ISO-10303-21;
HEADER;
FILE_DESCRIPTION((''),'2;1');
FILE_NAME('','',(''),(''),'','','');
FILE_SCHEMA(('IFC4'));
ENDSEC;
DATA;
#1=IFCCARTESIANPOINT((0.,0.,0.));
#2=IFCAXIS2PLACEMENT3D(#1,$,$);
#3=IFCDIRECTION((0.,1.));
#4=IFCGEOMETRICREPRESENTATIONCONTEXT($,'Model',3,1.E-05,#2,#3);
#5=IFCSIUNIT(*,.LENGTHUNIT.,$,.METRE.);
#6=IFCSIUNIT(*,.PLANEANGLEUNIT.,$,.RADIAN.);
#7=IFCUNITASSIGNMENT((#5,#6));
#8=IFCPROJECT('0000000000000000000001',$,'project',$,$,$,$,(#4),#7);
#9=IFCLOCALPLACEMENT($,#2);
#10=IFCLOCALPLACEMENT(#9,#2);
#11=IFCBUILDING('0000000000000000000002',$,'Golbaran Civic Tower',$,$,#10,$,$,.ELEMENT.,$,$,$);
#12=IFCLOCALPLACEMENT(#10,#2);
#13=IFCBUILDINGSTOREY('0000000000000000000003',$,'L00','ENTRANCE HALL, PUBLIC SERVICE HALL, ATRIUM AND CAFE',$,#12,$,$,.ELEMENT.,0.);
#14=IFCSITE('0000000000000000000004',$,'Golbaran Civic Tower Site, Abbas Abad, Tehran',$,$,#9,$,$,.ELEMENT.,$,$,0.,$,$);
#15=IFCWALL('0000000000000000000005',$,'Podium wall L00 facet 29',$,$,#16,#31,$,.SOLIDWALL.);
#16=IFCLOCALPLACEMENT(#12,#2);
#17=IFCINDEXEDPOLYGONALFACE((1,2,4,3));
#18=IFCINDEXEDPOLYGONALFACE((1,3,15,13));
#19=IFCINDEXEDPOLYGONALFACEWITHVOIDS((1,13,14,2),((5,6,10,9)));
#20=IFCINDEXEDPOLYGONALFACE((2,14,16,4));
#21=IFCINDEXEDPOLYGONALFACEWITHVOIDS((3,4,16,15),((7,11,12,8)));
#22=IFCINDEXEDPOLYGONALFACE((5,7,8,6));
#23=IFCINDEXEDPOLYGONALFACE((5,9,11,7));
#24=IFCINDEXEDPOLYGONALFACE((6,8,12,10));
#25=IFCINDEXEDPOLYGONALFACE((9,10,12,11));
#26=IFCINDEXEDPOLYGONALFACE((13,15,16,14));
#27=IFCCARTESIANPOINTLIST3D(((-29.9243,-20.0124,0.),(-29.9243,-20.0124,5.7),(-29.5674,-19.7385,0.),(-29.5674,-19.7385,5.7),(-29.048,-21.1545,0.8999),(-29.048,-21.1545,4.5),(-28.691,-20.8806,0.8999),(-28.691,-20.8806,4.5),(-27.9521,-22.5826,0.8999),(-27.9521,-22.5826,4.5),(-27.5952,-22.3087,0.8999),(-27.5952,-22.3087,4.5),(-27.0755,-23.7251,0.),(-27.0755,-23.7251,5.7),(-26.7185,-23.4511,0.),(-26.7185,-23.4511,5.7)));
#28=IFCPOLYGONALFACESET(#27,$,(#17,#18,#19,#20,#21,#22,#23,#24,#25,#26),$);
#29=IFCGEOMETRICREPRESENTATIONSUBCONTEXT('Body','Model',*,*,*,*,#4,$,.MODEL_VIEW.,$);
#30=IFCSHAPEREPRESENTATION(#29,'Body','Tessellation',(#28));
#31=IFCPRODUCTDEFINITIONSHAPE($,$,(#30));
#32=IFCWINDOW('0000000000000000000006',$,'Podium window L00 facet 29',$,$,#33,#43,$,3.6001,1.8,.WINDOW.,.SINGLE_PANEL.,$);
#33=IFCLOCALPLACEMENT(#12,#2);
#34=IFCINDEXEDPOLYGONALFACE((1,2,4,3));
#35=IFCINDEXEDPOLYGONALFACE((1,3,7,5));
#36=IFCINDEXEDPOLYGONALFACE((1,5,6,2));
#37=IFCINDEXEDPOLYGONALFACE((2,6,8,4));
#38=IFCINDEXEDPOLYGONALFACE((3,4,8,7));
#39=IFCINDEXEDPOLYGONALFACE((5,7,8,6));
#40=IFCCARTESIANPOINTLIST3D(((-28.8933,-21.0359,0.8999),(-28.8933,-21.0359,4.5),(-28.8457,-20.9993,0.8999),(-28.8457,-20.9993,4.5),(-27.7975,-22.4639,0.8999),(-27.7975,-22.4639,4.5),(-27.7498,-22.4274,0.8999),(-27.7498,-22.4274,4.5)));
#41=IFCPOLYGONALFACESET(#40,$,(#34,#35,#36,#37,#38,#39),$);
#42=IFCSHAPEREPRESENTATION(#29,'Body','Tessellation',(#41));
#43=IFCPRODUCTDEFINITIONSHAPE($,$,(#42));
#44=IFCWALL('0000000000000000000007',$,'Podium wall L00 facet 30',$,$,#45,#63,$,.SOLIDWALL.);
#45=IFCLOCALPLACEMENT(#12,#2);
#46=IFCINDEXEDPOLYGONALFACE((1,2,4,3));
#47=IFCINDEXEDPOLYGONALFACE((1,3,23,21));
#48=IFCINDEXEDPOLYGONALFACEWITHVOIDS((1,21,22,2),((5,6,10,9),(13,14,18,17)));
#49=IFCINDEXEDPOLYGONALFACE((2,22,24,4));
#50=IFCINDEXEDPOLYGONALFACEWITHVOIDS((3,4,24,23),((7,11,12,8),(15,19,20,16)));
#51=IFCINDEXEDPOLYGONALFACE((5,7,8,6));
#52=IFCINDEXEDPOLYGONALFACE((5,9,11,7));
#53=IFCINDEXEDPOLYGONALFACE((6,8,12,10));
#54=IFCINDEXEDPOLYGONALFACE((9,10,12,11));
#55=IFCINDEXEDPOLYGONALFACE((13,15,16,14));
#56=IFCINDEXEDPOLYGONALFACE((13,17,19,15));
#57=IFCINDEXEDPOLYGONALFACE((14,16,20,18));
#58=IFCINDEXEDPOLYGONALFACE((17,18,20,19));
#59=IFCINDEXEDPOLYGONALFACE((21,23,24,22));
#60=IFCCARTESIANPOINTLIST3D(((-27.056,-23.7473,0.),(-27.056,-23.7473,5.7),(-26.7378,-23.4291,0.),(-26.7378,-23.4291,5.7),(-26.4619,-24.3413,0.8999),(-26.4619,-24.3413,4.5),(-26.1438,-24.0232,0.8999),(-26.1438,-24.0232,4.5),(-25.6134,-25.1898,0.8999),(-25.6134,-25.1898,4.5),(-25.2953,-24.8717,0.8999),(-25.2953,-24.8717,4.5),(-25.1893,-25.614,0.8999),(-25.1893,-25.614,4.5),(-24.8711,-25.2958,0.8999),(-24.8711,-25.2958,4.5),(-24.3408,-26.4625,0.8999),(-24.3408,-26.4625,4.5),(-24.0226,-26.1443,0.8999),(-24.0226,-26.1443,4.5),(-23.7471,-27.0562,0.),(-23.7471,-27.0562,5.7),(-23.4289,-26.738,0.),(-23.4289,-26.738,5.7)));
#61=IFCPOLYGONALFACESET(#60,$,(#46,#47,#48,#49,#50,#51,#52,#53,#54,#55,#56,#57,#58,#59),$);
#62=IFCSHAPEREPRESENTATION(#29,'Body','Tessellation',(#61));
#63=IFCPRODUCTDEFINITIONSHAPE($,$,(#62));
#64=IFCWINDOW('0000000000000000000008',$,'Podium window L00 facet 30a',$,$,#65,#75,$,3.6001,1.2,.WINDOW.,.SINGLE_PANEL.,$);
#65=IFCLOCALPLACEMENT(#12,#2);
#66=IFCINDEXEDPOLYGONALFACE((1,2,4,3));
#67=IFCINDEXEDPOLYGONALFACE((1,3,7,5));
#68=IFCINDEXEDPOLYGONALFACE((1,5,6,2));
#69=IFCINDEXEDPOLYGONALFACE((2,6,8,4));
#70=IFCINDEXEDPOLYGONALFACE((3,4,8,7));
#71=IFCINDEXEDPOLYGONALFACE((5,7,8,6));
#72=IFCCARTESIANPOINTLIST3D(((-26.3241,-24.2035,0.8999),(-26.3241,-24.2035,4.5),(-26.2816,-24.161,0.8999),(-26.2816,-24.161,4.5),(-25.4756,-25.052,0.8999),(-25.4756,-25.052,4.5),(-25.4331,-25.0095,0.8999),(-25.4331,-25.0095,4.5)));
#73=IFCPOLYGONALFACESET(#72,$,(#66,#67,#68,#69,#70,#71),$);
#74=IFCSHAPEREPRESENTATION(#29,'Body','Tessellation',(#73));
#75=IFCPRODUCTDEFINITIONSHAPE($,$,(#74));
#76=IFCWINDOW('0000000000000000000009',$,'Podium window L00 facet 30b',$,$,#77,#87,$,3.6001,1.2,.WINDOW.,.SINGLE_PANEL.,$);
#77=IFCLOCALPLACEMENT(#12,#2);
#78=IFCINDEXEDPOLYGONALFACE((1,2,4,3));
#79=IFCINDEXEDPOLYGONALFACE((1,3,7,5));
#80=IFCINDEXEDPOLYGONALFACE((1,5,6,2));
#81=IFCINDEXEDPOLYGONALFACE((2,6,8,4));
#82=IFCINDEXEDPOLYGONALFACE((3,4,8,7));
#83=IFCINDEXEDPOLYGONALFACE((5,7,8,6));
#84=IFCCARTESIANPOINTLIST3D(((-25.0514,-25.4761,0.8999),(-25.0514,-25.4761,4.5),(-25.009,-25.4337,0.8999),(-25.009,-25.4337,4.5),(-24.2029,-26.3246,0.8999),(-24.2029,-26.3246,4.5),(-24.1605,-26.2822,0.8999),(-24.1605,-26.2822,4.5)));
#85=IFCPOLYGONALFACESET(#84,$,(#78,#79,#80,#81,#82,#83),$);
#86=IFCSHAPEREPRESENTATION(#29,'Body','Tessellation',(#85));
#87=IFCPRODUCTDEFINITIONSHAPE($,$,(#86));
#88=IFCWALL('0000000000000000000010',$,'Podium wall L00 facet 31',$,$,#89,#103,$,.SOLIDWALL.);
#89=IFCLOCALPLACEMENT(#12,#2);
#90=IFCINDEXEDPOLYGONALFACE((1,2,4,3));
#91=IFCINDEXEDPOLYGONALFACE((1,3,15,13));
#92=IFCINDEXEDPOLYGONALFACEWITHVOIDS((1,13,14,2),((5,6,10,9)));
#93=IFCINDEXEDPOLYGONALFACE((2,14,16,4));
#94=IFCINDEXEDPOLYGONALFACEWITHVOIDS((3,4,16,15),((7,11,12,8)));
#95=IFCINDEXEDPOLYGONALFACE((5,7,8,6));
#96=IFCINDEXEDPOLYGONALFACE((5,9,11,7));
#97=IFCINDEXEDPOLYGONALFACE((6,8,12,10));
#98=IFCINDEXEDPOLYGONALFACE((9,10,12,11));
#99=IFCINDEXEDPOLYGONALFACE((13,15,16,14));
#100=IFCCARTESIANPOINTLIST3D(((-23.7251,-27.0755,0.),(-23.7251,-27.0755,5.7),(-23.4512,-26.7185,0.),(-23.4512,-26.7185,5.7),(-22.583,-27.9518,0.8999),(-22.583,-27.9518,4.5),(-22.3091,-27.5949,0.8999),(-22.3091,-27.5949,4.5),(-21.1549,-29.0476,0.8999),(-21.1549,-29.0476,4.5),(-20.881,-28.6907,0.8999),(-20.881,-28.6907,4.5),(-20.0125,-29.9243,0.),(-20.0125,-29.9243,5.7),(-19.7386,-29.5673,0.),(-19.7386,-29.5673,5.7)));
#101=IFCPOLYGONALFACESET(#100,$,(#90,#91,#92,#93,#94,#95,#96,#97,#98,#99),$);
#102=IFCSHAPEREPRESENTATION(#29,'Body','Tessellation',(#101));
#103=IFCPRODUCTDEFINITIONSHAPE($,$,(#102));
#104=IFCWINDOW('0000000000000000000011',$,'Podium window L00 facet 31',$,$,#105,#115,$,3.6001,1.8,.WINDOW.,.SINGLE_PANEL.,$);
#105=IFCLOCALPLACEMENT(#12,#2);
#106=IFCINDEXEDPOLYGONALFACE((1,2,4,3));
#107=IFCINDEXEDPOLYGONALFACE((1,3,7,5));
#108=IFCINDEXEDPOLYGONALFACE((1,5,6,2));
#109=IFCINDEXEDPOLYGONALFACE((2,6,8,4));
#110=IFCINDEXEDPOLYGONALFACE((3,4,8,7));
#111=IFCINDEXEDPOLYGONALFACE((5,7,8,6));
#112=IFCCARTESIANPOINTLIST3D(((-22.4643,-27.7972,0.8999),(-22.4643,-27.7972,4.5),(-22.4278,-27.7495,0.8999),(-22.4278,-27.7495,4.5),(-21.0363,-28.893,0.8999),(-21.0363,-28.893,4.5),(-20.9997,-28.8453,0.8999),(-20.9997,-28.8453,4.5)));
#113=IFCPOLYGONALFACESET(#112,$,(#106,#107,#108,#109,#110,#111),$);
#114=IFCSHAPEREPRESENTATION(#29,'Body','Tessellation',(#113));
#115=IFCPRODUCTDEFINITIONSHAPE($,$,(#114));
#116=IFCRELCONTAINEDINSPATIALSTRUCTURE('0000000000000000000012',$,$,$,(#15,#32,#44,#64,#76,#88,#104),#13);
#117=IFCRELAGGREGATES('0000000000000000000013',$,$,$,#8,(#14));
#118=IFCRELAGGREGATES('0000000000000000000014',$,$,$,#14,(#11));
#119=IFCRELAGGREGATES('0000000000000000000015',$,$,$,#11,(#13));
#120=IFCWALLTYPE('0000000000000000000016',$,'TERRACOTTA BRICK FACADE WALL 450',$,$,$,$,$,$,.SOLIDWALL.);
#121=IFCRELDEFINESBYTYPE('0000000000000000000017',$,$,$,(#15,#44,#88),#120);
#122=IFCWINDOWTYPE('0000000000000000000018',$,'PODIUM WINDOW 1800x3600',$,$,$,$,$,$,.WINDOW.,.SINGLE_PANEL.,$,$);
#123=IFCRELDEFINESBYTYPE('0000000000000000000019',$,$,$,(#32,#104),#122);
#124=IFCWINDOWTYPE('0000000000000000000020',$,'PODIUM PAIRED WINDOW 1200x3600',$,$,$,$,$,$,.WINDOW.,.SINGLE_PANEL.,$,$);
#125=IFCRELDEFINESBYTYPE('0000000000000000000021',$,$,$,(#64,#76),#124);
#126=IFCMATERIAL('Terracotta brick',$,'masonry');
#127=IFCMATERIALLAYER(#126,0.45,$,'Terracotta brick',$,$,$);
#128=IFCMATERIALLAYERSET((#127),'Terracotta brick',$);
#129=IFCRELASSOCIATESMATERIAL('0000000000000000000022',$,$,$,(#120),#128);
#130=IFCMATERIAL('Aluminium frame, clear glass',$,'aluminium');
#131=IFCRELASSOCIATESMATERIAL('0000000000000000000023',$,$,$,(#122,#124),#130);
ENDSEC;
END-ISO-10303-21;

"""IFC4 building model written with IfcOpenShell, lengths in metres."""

from ifc_helpers import new_model, si_unit, direction, frame, frame_2d, origin, place, context, subcontext, project, spatial, rectangle, extrude, material, layer, layer_set, type_object, element, fill, save


model = new_model("IFC4")

# Units and contexts
model_context = context("Model", 3, precision=1e-05, world=origin(), true_north=direction((0.0, 1.0)))
body_context = subcontext(model_context, "Body", "Model", "MODEL_VIEW")
ifc_project = project(units=[si_unit("LENGTHUNIT", "METRE"), si_unit("PLANEANGLEUNIT", "RADIAN")], contexts=[model_context])

# Site, building, storey
site_placement = place(None, origin())
site = spatial("IfcSite", under=ifc_project, at=site_placement, Name="Golbaran Civic Tower Site, Abbas Abad, Tehran", CompositionType="ELEMENT", RefElevation=0.0)
building_placement = place(site_placement, origin())
building = spatial("IfcBuilding", under=site, at=building_placement, Name="Golbaran Civic Tower", CompositionType="ELEMENT")
storey_placement = place(building_placement, origin())
storey = spatial("IfcBuildingStorey", under=building, at=storey_placement, Name="L00", Description="ENTRANCE HALL, PUBLIC SERVICE HALL, ATRIUM AND CAFE", CompositionType="ELEMENT", Elevation=0.0)

# Shared definitions
ifc_material_1 = material(Name="Terracotta brick", Category="masonry")
ifc_layer_1 = layer(ifc_material_1, 0.45, Name="Terracotta brick")
ifc_layer_set_1 = layer_set([ifc_layer_1], Name="Terracotta brick")
wall_type_1 = type_object("IfcWallType", Name="TERRACOTTA BRICK FACADE WALL 450", PredefinedType="SOLIDWALL", material=ifc_layer_set_1)

# Wall, opening, window
wall_1_placement = place(storey_placement, frame((-29.7458, -19.8755, 0.0), z_axis=(0.0, 0.0, 1.0), x_axis=(0.60877, -0.793347, 0.0)))
wall_1 = element("IfcWall", 1, at=wall_1_placement, inside=storey, type_object=wall_type_1, Name="Podium wall L00 facet 29", PredefinedType="SOLIDWALL", context=body_context, shape_type="SweptSolid", body=[
    extrude(rectangle(XDim=4.6797, YDim=0.45, at=frame_2d((2.3398, 0.0))), origin(), (0.0, 0.0, 1.0), 5.7),
])
opening_1_placement = place(wall_1_placement, frame((1.4397, 0.0, 0.8999)))
opening_1 = element("IfcOpeningElement", 2, at=opening_1_placement, cuts=wall_1, PredefinedType="OPENING", context=body_context, shape_type="SweptSolid", body=[
    extrude(rectangle(XDim=1.8, YDim=3.6001, at=frame_2d((0.8999, 1.8))), frame((0.0, 0.2349, 0.0), z_axis=(0.0, -1.0, 0.0), x_axis=(1.0, 0.0, 0.0)), (0.0, 0.0, 1.0), 0.47),
])
ifc_material_2 = material(Name="Aluminium frame, clear glass", Category="aluminium")
window_type_1 = type_object("IfcWindowType", Name="PODIUM WINDOW 1800x3600", PartitioningType="SINGLE_PANEL", PredefinedType="WINDOW", material=ifc_material_2)
window_1_placement = place(opening_1_placement, origin())
window_1 = element("IfcWindow", 3, at=window_1_placement, inside=storey, type_object=window_type_1, Name="Podium window L00 facet 29", OverallHeight=3.6001, OverallWidth=1.8, PartitioningType="SINGLE_PANEL", PredefinedType="WINDOW", context=body_context, shape_type="SweptSolid", body=[
    extrude(rectangle(XDim=1.8, YDim=3.6001, at=frame_2d((0.8999, 1.8))), frame((0.0, 0.03, 0.0), z_axis=(0.0, -1.0, 0.0), x_axis=(1.0, 0.0, 0.0)), (0.0, 0.0, 1.0), 0.0601),
])
fill(opening_1, window_1)

# Wall, openings, windows
wall_2_placement = place(storey_placement, frame((-26.897, -23.5881, 0.0), z_axis=(0.0, 0.0, 1.0), x_axis=(0.707107, -0.707107, 0.0)))
wall_2 = element("IfcWall", 4, at=wall_2_placement, inside=storey, type_object=wall_type_1, Name="Podium wall L00 facet 30", PredefinedType="SOLIDWALL", context=body_context, shape_type="SweptSolid", body=[
    extrude(rectangle(XDim=4.6794, YDim=0.45, at=frame_2d((2.3398, 0.0))), origin(), (0.0, 0.0, 1.0), 5.7),
])
opening_2_placement = place(wall_2_placement, frame((0.8401, 0.0, 0.8999)))
opening_2 = element("IfcOpeningElement", 5, at=opening_2_placement, cuts=wall_2, PredefinedType="OPENING", context=body_context, shape_type="SweptSolid", body=[
    extrude(rectangle(XDim=1.2, YDim=3.6001, at=frame_2d((0.6001, 1.8))), frame((0.0, 0.2349, 0.0), z_axis=(0.0, -1.0, 0.0), x_axis=(1.0, 0.0, 0.0)), (0.0, 0.0, 1.0), 0.47),
])
opening_3_placement = place(wall_2_placement, frame((2.6399, 0.0, 0.8999)))
opening_3 = element("IfcOpeningElement", 6, at=opening_3_placement, cuts=wall_2, PredefinedType="OPENING", context=body_context, shape_type="SweptSolid", body=[
    extrude(rectangle(XDim=1.2, YDim=3.6001, at=frame_2d((0.6001, 1.8))), frame((0.0, 0.2349, 0.0), z_axis=(0.0, -1.0, 0.0), x_axis=(1.0, 0.0, 0.0)), (0.0, 0.0, 1.0), 0.47),
])
window_type_2 = type_object("IfcWindowType", Name="PODIUM PAIRED WINDOW 1200x3600", PartitioningType="SINGLE_PANEL", PredefinedType="WINDOW", material=ifc_material_2)
window_2_placement = place(opening_2_placement, origin())
window_2 = element("IfcWindow", 7, at=window_2_placement, inside=storey, type_object=window_type_2, Name="Podium window L00 facet 30a", OverallHeight=3.6001, OverallWidth=1.2, PartitioningType="SINGLE_PANEL", PredefinedType="WINDOW", context=body_context, shape_type="SweptSolid", body=[
    extrude(rectangle(XDim=1.2, YDim=3.6001, at=frame_2d((0.6001, 1.8))), frame((0.0, 0.03, 0.0), z_axis=(0.0, -1.0, 0.0), x_axis=(1.0, 0.0, 0.0)), (0.0, 0.0, 1.0), 0.0601),
])
fill(opening_2, window_2)
window_3_placement = place(opening_3_placement, origin())
window_3 = element("IfcWindow", 8, at=window_3_placement, inside=storey, type_object=window_type_2, Name="Podium window L00 facet 30b", OverallHeight=3.6001, OverallWidth=1.2, PartitioningType="SINGLE_PANEL", PredefinedType="WINDOW", context=body_context, shape_type="SweptSolid", body=[
    extrude(rectangle(XDim=1.2, YDim=3.6001, at=frame_2d((0.6001, 1.8))), frame((0.0, 0.03, 0.0), z_axis=(0.0, -1.0, 0.0), x_axis=(1.0, 0.0, 0.0)), (0.0, 0.0, 1.0), 0.0601),
])
fill(opening_3, window_3)

# Wall, opening, window
wall_3_placement = place(storey_placement, frame((-23.5881, -26.897, 0.0), z_axis=(0.0, 0.0, 1.0), x_axis=(0.793347, -0.60877, 0.0)))
wall_3 = element("IfcWall", 9, at=wall_3_placement, inside=storey, type_object=wall_type_1, Name="Podium wall L00 facet 31", PredefinedType="SOLIDWALL", context=body_context, shape_type="SweptSolid", body=[
    extrude(rectangle(XDim=4.6797, YDim=0.45, at=frame_2d((2.3398, 0.0))), origin(), (0.0, 0.0, 1.0), 5.7),
])
opening_4_placement = place(wall_3_placement, frame((1.4397, 0.0, 0.8999)))
opening_4 = element("IfcOpeningElement", 10, at=opening_4_placement, cuts=wall_3, PredefinedType="OPENING", context=body_context, shape_type="SweptSolid", body=[
    extrude(rectangle(XDim=1.8, YDim=3.6001, at=frame_2d((0.8999, 1.8))), frame((0.0, 0.2349, 0.0), z_axis=(0.0, -1.0, 0.0), x_axis=(1.0, 0.0, 0.0)), (0.0, 0.0, 1.0), 0.47),
])
window_4_placement = place(opening_4_placement, origin())
window_4 = element("IfcWindow", 11, at=window_4_placement, inside=storey, type_object=window_type_1, Name="Podium window L00 facet 31", OverallHeight=3.6001, OverallWidth=1.8, PartitioningType="SINGLE_PANEL", PredefinedType="WINDOW", context=body_context, shape_type="SweptSolid", body=[
    extrude(rectangle(XDim=1.8, YDim=3.6001, at=frame_2d((0.8999, 1.8))), frame((0.0, 0.03, 0.0), z_axis=(0.0, -1.0, 0.0), x_axis=(1.0, 0.0, 0.0)), (0.0, 0.0, 1.0), 0.0601),
])
fill(opening_4, window_4)

save(model, "model.ifc")
